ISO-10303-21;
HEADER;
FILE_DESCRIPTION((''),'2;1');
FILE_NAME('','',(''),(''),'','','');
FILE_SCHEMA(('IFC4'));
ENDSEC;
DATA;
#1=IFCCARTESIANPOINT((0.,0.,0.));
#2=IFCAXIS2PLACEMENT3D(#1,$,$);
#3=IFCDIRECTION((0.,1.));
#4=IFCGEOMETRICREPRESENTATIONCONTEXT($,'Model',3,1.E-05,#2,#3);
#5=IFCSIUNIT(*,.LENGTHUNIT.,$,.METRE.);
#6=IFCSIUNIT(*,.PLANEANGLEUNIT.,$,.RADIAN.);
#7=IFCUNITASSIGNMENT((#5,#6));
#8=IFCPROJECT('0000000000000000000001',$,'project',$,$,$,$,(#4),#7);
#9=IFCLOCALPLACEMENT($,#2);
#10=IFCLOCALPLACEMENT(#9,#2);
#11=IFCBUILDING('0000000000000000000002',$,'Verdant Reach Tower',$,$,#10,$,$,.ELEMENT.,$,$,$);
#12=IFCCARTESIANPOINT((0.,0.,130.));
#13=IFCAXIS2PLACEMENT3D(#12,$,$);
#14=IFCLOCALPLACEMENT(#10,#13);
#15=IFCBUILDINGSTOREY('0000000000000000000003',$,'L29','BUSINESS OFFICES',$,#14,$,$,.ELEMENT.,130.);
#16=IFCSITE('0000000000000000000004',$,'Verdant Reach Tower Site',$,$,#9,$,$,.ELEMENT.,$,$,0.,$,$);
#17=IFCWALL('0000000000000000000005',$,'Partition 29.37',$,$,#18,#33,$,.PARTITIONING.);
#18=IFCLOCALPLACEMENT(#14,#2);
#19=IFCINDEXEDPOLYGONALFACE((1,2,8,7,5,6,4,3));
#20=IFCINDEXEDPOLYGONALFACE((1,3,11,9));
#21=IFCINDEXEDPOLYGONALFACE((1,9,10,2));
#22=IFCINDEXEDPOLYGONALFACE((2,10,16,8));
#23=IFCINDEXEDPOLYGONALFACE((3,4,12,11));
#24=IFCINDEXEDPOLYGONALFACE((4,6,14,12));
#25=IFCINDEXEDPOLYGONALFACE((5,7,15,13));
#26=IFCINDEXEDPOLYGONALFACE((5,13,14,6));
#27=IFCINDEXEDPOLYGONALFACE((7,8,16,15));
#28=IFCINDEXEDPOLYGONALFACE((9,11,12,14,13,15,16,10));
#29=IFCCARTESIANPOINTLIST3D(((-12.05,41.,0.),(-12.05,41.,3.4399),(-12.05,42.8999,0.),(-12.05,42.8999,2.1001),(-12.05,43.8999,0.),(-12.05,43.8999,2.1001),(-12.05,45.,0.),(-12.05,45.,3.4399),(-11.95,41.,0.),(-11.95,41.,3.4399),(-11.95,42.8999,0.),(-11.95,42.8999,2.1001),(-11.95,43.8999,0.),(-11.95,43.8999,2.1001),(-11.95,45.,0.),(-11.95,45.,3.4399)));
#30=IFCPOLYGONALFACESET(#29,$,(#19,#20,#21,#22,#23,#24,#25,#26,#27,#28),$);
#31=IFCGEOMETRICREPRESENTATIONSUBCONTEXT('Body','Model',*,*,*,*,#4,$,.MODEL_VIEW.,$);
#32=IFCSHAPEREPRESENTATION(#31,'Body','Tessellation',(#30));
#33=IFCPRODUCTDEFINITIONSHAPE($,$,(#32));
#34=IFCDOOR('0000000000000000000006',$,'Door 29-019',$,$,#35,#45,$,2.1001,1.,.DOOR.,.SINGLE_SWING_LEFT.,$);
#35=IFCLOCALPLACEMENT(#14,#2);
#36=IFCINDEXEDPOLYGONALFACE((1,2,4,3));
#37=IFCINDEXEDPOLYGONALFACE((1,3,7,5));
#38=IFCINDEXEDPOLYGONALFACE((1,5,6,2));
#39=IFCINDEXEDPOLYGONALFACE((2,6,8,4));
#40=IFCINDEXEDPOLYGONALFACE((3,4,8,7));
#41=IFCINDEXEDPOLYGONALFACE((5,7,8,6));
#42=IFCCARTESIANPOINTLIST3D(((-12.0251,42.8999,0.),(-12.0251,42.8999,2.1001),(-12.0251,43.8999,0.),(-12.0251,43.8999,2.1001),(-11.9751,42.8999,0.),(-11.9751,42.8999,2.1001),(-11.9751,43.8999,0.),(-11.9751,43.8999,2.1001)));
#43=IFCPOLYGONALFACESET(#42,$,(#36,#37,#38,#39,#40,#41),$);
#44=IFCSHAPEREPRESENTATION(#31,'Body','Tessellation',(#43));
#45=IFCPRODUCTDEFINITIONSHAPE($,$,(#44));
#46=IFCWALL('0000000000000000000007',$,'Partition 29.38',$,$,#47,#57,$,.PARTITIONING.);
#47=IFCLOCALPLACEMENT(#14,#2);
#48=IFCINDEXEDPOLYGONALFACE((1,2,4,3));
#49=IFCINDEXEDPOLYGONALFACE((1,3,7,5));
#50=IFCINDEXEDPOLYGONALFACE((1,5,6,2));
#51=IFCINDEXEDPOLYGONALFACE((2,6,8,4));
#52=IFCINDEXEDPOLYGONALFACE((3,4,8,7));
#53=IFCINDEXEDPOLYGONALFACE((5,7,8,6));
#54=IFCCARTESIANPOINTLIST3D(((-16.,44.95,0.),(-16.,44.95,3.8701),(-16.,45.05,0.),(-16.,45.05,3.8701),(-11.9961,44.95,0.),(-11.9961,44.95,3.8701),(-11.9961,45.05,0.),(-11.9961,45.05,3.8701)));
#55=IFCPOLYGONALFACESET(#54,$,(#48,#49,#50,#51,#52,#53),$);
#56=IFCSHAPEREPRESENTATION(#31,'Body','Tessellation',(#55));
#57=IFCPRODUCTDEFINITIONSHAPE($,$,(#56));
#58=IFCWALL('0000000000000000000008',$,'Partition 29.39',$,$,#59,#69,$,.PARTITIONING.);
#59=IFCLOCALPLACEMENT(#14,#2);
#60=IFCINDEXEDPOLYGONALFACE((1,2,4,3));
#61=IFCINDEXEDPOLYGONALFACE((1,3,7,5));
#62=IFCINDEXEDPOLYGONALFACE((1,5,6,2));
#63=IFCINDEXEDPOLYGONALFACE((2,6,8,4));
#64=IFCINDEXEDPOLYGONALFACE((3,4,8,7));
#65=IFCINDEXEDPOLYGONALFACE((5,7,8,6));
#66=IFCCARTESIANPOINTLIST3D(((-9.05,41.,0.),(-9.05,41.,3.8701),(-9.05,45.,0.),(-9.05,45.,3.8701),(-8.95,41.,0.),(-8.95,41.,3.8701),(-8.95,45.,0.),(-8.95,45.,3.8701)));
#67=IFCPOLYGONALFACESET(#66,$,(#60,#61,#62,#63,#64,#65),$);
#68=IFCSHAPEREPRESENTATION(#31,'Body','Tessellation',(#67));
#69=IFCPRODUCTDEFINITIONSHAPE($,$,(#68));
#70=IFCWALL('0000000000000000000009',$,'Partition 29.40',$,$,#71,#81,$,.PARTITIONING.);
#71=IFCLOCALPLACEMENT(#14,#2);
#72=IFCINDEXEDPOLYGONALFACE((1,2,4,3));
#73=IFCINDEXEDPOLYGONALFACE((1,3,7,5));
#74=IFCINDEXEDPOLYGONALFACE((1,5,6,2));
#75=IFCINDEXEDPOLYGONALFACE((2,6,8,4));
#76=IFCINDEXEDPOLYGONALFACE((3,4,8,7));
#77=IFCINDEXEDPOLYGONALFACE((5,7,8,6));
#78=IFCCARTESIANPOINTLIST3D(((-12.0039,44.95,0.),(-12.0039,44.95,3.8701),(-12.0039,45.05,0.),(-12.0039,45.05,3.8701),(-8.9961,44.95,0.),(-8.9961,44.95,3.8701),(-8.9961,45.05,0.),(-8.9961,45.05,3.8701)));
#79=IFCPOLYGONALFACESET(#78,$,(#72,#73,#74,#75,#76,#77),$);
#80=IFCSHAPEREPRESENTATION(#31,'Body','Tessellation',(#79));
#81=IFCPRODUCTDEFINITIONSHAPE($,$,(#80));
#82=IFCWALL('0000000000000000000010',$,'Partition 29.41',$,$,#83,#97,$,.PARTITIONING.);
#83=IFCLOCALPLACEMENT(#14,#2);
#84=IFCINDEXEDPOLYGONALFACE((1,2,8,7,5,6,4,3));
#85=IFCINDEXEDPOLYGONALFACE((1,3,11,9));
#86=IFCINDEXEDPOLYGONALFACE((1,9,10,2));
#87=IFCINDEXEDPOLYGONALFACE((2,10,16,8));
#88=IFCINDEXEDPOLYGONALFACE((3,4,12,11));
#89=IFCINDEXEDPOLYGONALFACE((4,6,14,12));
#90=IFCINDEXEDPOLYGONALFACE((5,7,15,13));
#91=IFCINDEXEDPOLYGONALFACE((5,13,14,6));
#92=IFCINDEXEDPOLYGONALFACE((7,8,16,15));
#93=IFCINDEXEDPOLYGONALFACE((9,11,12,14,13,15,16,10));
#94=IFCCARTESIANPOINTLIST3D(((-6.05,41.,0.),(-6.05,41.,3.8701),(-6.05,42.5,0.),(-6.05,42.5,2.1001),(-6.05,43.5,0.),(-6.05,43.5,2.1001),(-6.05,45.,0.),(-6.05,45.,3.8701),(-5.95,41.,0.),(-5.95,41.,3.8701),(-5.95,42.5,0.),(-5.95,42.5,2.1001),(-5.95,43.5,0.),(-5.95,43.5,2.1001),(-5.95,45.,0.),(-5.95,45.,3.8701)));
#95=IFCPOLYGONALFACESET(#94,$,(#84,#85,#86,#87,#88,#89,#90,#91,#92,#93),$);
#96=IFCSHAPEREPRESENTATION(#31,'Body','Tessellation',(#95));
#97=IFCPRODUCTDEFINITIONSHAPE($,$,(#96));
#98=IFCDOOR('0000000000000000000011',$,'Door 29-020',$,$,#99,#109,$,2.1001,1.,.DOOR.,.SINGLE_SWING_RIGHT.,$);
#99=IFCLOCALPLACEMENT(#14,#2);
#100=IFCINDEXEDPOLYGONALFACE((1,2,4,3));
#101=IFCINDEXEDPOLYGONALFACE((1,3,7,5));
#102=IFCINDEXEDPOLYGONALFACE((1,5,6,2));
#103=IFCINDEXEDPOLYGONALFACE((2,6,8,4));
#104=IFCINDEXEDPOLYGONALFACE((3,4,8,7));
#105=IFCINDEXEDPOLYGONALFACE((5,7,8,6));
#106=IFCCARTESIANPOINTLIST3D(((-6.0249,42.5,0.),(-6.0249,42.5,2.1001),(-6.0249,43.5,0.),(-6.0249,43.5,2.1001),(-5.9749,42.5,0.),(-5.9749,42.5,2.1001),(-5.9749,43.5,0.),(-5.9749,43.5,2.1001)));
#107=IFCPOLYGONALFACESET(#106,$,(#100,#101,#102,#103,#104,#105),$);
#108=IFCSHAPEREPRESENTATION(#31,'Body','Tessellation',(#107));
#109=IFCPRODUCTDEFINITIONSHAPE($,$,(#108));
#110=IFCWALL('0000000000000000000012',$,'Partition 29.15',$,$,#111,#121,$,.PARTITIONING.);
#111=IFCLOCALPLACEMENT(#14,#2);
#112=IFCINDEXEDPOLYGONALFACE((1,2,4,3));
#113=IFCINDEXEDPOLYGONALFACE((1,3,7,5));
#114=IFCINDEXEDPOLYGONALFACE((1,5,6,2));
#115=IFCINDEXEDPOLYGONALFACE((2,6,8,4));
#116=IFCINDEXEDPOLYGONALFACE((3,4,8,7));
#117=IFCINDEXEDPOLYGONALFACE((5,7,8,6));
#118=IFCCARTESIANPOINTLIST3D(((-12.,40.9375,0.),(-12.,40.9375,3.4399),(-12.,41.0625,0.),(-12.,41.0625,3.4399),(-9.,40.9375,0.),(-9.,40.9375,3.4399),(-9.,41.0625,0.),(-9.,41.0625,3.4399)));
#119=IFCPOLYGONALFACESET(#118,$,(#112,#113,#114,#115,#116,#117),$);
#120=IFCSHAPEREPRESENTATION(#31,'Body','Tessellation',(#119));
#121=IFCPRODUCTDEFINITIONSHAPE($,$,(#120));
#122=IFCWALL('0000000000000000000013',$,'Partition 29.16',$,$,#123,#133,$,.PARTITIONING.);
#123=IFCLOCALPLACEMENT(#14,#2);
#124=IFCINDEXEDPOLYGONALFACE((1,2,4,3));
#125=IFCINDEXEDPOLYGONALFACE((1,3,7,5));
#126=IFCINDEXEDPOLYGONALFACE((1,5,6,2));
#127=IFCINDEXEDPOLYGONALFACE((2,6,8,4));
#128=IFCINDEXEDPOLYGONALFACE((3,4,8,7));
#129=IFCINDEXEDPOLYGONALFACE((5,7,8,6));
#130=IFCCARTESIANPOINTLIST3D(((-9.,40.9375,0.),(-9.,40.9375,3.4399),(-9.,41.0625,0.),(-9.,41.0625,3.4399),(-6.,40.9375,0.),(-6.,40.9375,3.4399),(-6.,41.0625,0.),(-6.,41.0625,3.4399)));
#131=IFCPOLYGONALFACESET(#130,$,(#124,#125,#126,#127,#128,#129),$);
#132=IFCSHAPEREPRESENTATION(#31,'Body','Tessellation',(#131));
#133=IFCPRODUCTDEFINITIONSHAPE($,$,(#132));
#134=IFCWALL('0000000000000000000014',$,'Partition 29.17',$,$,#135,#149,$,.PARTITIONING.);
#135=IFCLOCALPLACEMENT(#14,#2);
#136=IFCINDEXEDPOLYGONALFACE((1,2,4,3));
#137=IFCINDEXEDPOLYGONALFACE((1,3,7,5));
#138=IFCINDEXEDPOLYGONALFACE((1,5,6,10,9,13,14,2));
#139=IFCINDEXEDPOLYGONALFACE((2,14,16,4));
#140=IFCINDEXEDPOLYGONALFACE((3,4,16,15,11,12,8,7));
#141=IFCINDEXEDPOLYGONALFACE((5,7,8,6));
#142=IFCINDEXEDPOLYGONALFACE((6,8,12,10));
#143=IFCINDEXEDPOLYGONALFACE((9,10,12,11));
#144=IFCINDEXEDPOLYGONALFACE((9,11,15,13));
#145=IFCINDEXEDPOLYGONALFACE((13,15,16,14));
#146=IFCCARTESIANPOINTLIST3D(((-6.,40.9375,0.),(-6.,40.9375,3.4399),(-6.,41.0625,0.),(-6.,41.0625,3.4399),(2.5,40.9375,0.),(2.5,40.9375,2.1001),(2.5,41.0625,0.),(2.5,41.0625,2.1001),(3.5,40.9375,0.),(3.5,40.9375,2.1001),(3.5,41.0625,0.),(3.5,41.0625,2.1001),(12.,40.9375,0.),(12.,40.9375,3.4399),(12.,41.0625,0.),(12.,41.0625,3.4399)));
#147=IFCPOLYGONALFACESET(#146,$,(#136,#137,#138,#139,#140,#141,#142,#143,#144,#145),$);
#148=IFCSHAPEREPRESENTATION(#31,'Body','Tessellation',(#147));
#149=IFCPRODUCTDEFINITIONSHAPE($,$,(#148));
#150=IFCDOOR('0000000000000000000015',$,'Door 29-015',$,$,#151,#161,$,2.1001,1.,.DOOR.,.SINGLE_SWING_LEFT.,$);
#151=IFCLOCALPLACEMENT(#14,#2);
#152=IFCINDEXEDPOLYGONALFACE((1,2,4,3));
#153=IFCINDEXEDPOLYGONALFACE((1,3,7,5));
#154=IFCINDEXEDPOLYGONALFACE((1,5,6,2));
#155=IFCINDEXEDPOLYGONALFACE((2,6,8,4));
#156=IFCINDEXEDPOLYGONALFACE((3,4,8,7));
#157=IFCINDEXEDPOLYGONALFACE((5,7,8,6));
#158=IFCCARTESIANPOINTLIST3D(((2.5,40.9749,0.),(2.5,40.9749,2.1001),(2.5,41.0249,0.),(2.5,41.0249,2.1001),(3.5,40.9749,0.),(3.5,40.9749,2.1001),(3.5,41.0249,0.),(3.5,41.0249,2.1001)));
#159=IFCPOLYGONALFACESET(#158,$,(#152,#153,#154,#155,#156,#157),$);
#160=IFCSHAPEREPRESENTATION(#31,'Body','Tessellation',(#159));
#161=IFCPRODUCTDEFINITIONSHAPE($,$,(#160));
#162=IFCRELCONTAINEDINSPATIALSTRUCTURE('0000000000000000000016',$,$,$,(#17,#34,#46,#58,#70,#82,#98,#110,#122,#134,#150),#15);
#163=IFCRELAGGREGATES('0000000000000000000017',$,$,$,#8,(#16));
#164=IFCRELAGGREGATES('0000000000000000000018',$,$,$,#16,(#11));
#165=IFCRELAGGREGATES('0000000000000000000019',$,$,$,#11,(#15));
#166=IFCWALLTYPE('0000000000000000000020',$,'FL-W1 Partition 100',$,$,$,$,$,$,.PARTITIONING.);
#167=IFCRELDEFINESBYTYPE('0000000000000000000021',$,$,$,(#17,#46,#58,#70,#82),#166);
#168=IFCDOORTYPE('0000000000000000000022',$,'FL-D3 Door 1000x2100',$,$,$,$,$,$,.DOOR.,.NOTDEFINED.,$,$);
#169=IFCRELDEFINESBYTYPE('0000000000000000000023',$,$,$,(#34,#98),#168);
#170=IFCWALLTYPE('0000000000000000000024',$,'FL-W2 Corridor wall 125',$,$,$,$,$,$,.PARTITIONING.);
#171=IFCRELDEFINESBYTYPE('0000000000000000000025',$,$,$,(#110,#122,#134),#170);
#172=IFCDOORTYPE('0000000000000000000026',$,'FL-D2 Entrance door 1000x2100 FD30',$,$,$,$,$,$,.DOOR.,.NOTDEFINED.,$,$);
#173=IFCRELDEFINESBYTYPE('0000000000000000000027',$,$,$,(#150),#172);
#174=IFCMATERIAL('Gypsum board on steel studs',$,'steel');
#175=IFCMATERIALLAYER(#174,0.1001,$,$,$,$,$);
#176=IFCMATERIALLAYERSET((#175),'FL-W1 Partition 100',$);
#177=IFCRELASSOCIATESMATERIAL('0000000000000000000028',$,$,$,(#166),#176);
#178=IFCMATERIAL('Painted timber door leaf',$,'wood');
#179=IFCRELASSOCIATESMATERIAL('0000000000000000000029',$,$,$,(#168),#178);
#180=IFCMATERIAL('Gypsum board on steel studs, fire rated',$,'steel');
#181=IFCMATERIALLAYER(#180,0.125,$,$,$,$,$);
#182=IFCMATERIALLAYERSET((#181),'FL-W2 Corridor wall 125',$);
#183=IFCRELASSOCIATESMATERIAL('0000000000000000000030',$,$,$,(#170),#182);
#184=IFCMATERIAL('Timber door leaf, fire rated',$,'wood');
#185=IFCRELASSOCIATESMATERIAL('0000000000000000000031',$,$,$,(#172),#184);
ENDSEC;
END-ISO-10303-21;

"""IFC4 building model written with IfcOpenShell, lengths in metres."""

from ifc_helpers import new_model, si_unit, direction, frame, frame_2d, origin, place, context, subcontext, project, spatial, rectangle, extrude, material, layer, layer_set, type_object, element, fill, save


model = new_model("IFC4")

# Units and contexts
model_context = context("Model", 3, precision=1e-05, world=origin(), true_north=direction((0.0, 1.0)))
body_context = subcontext(model_context, "Body", "Model", "MODEL_VIEW")
ifc_project = project(units=[si_unit("LENGTHUNIT", "METRE"), si_unit("PLANEANGLEUNIT", "RADIAN")], contexts=[model_context])

# Site, building, storey
site_placement = place(None, origin())
site = spatial("IfcSite", under=ifc_project, at=site_placement, Name="Verdant Reach Tower Site", CompositionType="ELEMENT", RefElevation=0.0)
building_placement = place(site_placement, origin())
building = spatial("IfcBuilding", under=site, at=building_placement, Name="Verdant Reach Tower", CompositionType="ELEMENT")
storey_placement = place(building_placement, frame((0.0, 0.0, 130.0)))
storey = spatial("IfcBuildingStorey", under=building, at=storey_placement, Name="L29", Description="BUSINESS OFFICES", CompositionType="ELEMENT", Elevation=130.0)

# Wall, opening, door
ifc_material_1 = material(Name="Gypsum board on steel studs", Category="steel")
ifc_layer_1 = layer(ifc_material_1, 0.1001)
ifc_layer_set_1 = layer_set([ifc_layer_1], Name="FL-W1 Partition 100")
wall_type_1 = type_object("IfcWallType", Name="FL-W1 Partition 100", PredefinedType="PARTITIONING", material=ifc_layer_set_1)
wall_1_placement = place(storey_placement, frame((-12.0, 45.0, 0.0), z_axis=(0.0, 0.0, 1.0), x_axis=(0.0, -1.0, 0.0)))
wall_1 = element("IfcWall", 1, at=wall_1_placement, inside=storey, type_object=wall_type_1, Name="Partition 29.37", PredefinedType="PARTITIONING", context=body_context, shape_type="SweptSolid", body=[
    extrude(rectangle(XDim=4.0, YDim=0.1001, at=frame_2d((2.0, 0.0))), origin(), (0.0, 0.0, 1.0), 3.4399),
])
opening_1_placement = place(wall_1_placement, frame((1.1001, 0.0, 0.0)))
opening_1 = element("IfcOpeningElement", 2, at=opening_1_placement, cuts=wall_1, PredefinedType="OPENING", context=body_context, shape_type="SweptSolid", body=[
    extrude(rectangle(XDim=1.0, YDim=2.1001, at=frame_2d((0.5, 1.05))), frame((0.0, 0.0601, 0.0), z_axis=(0.0, -1.0, 0.0), x_axis=(1.0, 0.0, 0.0)), (0.0, 0.0, 1.0), 0.1201),
])
ifc_material_2 = material(Name="Painted timber door leaf", Category="wood")
door_type_1 = type_object("IfcDoorType", Name="FL-D3 Door 1000x2100", OperationType="NOTDEFINED", PredefinedType="DOOR", material=ifc_material_2)
door_1_placement = place(opening_1_placement, origin())
door_1 = element("IfcDoor", 3, at=door_1_placement, inside=storey, type_object=door_type_1, Name="Door 29-019", OperationType="SINGLE_SWING_LEFT", OverallHeight=2.1001, OverallWidth=1.0, PredefinedType="DOOR", context=body_context, shape_type="SweptSolid", body=[
    extrude(rectangle(XDim=1.0, YDim=2.1001, at=frame_2d((0.5, 1.05))), frame((0.0, 0.0249, 0.0), z_axis=(0.0, -1.0, 0.0), x_axis=(1.0, 0.0, 0.0)), (0.0, 0.0, 1.0), 0.05),
])
fill(opening_1, door_1)

# Walls
wall_2_placement = place(storey_placement, frame((-11.9961, 45.0, 0.0), z_axis=(0.0, 0.0, 1.0), x_axis=(-1.0, 0.0, 0.0)))
element("IfcWall", 4, at=wall_2_placement, inside=storey, type_object=wall_type_1, Name="Partition 29.38", PredefinedType="PARTITIONING", context=body_context, shape_type="SweptSolid", body=[
    extrude(rectangle(XDim=4.0039, YDim=0.1001, at=frame_2d((2.002, 0.0))), origin(), (0.0, 0.0, 1.0), 3.8701),
])
wall_3_placement = place(storey_placement, frame((-9.0, 41.0, 0.0), z_axis=(0.0, 0.0, 1.0), x_axis=(0.0, 1.0, 0.0)))
element("IfcWall", 5, at=wall_3_placement, inside=storey, type_object=wall_type_1, Name="Partition 29.39", PredefinedType="PARTITIONING", context=body_context, shape_type="SweptSolid", body=[
    extrude(rectangle(XDim=4.0, YDim=0.1001, at=frame_2d((2.0, 0.0))), origin(), (0.0, 0.0, 1.0), 3.8701),
])
wall_4_placement = place(storey_placement, frame((-8.9961, 45.0, 0.0), z_axis=(0.0, 0.0, 1.0), x_axis=(-1.0, 0.0, 0.0)))
element("IfcWall", 6, at=wall_4_placement, inside=storey, type_object=wall_type_1, Name="Partition 29.40", PredefinedType="PARTITIONING", context=body_context, shape_type="SweptSolid", body=[
    extrude(rectangle(XDim=3.0078, YDim=0.1001, at=frame_2d((1.5039, 0.0))), origin(), (0.0, 0.0, 1.0), 3.8701),
])

# Wall, opening, door
wall_5_placement = place(storey_placement, frame((-6.0, 41.0, 0.0), z_axis=(0.0, 0.0, 1.0), x_axis=(0.0, 1.0, 0.0)))
wall_5 = element("IfcWall", 7, at=wall_5_placement, inside=storey, type_object=wall_type_1, Name="Partition 29.41", PredefinedType="PARTITIONING", context=body_context, shape_type="SweptSolid", body=[
    extrude(rectangle(XDim=4.0, YDim=0.1001, at=frame_2d((2.0, 0.0))), origin(), (0.0, 0.0, 1.0), 3.8701),
])
opening_2_placement = place(wall_5_placement, frame((1.5, 0.0, 0.0)))
opening_2 = element("IfcOpeningElement", 8, at=opening_2_placement, cuts=wall_5, PredefinedType="OPENING", context=body_context, shape_type="SweptSolid", body=[
    extrude(rectangle(XDim=1.0, YDim=2.1001, at=frame_2d((0.5, 1.05))), frame((0.0, 0.0601, 0.0), z_axis=(0.0, -1.0, 0.0), x_axis=(1.0, 0.0, 0.0)), (0.0, 0.0, 1.0), 0.1201),
])
door_2_placement = place(opening_2_placement, origin())
door_2 = element("IfcDoor", 9, at=door_2_placement, inside=storey, type_object=door_type_1, Name="Door 29-020", OperationType="SINGLE_SWING_RIGHT", OverallHeight=2.1001, OverallWidth=1.0, PredefinedType="DOOR", context=body_context, shape_type="SweptSolid", body=[
    extrude(rectangle(XDim=1.0, YDim=2.1001, at=frame_2d((0.5, 1.05))), frame((0.0, 0.0249, 0.0), z_axis=(0.0, -1.0, 0.0), x_axis=(1.0, 0.0, 0.0)), (0.0, 0.0, 1.0), 0.05),
])
fill(opening_2, door_2)

# Walls
ifc_material_3 = material(Name="Gypsum board on steel studs, fire rated", Category="steel")
ifc_layer_2 = layer(ifc_material_3, 0.125)
ifc_layer_set_2 = layer_set([ifc_layer_2], Name="FL-W2 Corridor wall 125")
wall_type_2 = type_object("IfcWallType", Name="FL-W2 Corridor wall 125", PredefinedType="PARTITIONING", material=ifc_layer_set_2)
for number, where, z_axis, x_axis, name in (
    (10, (-9.0, 41.0, 0.0), (0.0, 0.0, 1.0), (-1.0, 0.0, 0.0), "Partition 29.15"),
    (11, (-6.0, 41.0, 0.0), (0.0, 0.0, 1.0), (-1.0, 0.0, 0.0), "Partition 29.16"),
):
    element("IfcWall", number, at=place(storey_placement, frame(where, z_axis=z_axis, x_axis=x_axis)), inside=storey, type_object=wall_type_2, Name=name, PredefinedType="PARTITIONING", context=body_context, shape_type="SweptSolid", body=[
        extrude(rectangle(XDim=3.0, YDim=0.125, at=frame_2d((1.5, 0.0))), origin(), (0.0, 0.0, 1.0), 3.4399),
    ])

# Wall, opening, door
wall_6_placement = place(storey_placement, frame((-6.0, 41.0, 0.0), z_axis=(0.0, 0.0, 1.0), x_axis=(1.0, 0.0, 0.0)))
wall_6 = element("IfcWall", 12, at=wall_6_placement, inside=storey, type_object=wall_type_2, Name="Partition 29.17", PredefinedType="PARTITIONING", context=body_context, shape_type="SweptSolid", body=[
    extrude(rectangle(XDim=18.0, YDim=0.125, at=frame_2d((9.0, 0.0))), origin(), (0.0, 0.0, 1.0), 3.4399),
])
opening_3_placement = place(wall_6_placement, frame((8.5, 0.0, 0.0)))
opening_3 = element("IfcOpeningElement", 13, at=opening_3_placement, cuts=wall_6, PredefinedType="OPENING", context=body_context, shape_type="SweptSolid", body=[
    extrude(rectangle(XDim=1.0, YDim=2.1001, at=frame_2d((0.5, 1.05))), frame((0.0, 0.0725, 0.0), z_axis=(0.0, -1.0, 0.0), x_axis=(1.0, 0.0, 0.0)), (0.0, 0.0, 1.0), 0.145),
])
ifc_material_4 = material(Name="Timber door leaf, fire rated", Category="wood")
door_type_2 = type_object("IfcDoorType", Name="FL-D2 Entrance door 1000x2100 FD30", OperationType="NOTDEFINED", PredefinedType="DOOR", material=ifc_material_4)
door_3_placement = place(opening_3_placement, origin())
door_3 = element("IfcDoor", 14, at=door_3_placement, inside=storey, type_object=door_type_2, Name="Door 29-015", OperationType="SINGLE_SWING_LEFT", OverallHeight=2.1001, OverallWidth=1.0, PredefinedType="DOOR", context=body_context, shape_type="SweptSolid", body=[
    extrude(rectangle(XDim=1.0, YDim=2.1001, at=frame_2d((0.5, 1.05))), frame((0.0, 0.0249, 0.0), z_axis=(0.0, -1.0, 0.0), x_axis=(1.0, 0.0, 0.0)), (0.0, 0.0, 1.0), 0.05),
])
fill(opening_3, door_3)

save(model, "model.ifc")
